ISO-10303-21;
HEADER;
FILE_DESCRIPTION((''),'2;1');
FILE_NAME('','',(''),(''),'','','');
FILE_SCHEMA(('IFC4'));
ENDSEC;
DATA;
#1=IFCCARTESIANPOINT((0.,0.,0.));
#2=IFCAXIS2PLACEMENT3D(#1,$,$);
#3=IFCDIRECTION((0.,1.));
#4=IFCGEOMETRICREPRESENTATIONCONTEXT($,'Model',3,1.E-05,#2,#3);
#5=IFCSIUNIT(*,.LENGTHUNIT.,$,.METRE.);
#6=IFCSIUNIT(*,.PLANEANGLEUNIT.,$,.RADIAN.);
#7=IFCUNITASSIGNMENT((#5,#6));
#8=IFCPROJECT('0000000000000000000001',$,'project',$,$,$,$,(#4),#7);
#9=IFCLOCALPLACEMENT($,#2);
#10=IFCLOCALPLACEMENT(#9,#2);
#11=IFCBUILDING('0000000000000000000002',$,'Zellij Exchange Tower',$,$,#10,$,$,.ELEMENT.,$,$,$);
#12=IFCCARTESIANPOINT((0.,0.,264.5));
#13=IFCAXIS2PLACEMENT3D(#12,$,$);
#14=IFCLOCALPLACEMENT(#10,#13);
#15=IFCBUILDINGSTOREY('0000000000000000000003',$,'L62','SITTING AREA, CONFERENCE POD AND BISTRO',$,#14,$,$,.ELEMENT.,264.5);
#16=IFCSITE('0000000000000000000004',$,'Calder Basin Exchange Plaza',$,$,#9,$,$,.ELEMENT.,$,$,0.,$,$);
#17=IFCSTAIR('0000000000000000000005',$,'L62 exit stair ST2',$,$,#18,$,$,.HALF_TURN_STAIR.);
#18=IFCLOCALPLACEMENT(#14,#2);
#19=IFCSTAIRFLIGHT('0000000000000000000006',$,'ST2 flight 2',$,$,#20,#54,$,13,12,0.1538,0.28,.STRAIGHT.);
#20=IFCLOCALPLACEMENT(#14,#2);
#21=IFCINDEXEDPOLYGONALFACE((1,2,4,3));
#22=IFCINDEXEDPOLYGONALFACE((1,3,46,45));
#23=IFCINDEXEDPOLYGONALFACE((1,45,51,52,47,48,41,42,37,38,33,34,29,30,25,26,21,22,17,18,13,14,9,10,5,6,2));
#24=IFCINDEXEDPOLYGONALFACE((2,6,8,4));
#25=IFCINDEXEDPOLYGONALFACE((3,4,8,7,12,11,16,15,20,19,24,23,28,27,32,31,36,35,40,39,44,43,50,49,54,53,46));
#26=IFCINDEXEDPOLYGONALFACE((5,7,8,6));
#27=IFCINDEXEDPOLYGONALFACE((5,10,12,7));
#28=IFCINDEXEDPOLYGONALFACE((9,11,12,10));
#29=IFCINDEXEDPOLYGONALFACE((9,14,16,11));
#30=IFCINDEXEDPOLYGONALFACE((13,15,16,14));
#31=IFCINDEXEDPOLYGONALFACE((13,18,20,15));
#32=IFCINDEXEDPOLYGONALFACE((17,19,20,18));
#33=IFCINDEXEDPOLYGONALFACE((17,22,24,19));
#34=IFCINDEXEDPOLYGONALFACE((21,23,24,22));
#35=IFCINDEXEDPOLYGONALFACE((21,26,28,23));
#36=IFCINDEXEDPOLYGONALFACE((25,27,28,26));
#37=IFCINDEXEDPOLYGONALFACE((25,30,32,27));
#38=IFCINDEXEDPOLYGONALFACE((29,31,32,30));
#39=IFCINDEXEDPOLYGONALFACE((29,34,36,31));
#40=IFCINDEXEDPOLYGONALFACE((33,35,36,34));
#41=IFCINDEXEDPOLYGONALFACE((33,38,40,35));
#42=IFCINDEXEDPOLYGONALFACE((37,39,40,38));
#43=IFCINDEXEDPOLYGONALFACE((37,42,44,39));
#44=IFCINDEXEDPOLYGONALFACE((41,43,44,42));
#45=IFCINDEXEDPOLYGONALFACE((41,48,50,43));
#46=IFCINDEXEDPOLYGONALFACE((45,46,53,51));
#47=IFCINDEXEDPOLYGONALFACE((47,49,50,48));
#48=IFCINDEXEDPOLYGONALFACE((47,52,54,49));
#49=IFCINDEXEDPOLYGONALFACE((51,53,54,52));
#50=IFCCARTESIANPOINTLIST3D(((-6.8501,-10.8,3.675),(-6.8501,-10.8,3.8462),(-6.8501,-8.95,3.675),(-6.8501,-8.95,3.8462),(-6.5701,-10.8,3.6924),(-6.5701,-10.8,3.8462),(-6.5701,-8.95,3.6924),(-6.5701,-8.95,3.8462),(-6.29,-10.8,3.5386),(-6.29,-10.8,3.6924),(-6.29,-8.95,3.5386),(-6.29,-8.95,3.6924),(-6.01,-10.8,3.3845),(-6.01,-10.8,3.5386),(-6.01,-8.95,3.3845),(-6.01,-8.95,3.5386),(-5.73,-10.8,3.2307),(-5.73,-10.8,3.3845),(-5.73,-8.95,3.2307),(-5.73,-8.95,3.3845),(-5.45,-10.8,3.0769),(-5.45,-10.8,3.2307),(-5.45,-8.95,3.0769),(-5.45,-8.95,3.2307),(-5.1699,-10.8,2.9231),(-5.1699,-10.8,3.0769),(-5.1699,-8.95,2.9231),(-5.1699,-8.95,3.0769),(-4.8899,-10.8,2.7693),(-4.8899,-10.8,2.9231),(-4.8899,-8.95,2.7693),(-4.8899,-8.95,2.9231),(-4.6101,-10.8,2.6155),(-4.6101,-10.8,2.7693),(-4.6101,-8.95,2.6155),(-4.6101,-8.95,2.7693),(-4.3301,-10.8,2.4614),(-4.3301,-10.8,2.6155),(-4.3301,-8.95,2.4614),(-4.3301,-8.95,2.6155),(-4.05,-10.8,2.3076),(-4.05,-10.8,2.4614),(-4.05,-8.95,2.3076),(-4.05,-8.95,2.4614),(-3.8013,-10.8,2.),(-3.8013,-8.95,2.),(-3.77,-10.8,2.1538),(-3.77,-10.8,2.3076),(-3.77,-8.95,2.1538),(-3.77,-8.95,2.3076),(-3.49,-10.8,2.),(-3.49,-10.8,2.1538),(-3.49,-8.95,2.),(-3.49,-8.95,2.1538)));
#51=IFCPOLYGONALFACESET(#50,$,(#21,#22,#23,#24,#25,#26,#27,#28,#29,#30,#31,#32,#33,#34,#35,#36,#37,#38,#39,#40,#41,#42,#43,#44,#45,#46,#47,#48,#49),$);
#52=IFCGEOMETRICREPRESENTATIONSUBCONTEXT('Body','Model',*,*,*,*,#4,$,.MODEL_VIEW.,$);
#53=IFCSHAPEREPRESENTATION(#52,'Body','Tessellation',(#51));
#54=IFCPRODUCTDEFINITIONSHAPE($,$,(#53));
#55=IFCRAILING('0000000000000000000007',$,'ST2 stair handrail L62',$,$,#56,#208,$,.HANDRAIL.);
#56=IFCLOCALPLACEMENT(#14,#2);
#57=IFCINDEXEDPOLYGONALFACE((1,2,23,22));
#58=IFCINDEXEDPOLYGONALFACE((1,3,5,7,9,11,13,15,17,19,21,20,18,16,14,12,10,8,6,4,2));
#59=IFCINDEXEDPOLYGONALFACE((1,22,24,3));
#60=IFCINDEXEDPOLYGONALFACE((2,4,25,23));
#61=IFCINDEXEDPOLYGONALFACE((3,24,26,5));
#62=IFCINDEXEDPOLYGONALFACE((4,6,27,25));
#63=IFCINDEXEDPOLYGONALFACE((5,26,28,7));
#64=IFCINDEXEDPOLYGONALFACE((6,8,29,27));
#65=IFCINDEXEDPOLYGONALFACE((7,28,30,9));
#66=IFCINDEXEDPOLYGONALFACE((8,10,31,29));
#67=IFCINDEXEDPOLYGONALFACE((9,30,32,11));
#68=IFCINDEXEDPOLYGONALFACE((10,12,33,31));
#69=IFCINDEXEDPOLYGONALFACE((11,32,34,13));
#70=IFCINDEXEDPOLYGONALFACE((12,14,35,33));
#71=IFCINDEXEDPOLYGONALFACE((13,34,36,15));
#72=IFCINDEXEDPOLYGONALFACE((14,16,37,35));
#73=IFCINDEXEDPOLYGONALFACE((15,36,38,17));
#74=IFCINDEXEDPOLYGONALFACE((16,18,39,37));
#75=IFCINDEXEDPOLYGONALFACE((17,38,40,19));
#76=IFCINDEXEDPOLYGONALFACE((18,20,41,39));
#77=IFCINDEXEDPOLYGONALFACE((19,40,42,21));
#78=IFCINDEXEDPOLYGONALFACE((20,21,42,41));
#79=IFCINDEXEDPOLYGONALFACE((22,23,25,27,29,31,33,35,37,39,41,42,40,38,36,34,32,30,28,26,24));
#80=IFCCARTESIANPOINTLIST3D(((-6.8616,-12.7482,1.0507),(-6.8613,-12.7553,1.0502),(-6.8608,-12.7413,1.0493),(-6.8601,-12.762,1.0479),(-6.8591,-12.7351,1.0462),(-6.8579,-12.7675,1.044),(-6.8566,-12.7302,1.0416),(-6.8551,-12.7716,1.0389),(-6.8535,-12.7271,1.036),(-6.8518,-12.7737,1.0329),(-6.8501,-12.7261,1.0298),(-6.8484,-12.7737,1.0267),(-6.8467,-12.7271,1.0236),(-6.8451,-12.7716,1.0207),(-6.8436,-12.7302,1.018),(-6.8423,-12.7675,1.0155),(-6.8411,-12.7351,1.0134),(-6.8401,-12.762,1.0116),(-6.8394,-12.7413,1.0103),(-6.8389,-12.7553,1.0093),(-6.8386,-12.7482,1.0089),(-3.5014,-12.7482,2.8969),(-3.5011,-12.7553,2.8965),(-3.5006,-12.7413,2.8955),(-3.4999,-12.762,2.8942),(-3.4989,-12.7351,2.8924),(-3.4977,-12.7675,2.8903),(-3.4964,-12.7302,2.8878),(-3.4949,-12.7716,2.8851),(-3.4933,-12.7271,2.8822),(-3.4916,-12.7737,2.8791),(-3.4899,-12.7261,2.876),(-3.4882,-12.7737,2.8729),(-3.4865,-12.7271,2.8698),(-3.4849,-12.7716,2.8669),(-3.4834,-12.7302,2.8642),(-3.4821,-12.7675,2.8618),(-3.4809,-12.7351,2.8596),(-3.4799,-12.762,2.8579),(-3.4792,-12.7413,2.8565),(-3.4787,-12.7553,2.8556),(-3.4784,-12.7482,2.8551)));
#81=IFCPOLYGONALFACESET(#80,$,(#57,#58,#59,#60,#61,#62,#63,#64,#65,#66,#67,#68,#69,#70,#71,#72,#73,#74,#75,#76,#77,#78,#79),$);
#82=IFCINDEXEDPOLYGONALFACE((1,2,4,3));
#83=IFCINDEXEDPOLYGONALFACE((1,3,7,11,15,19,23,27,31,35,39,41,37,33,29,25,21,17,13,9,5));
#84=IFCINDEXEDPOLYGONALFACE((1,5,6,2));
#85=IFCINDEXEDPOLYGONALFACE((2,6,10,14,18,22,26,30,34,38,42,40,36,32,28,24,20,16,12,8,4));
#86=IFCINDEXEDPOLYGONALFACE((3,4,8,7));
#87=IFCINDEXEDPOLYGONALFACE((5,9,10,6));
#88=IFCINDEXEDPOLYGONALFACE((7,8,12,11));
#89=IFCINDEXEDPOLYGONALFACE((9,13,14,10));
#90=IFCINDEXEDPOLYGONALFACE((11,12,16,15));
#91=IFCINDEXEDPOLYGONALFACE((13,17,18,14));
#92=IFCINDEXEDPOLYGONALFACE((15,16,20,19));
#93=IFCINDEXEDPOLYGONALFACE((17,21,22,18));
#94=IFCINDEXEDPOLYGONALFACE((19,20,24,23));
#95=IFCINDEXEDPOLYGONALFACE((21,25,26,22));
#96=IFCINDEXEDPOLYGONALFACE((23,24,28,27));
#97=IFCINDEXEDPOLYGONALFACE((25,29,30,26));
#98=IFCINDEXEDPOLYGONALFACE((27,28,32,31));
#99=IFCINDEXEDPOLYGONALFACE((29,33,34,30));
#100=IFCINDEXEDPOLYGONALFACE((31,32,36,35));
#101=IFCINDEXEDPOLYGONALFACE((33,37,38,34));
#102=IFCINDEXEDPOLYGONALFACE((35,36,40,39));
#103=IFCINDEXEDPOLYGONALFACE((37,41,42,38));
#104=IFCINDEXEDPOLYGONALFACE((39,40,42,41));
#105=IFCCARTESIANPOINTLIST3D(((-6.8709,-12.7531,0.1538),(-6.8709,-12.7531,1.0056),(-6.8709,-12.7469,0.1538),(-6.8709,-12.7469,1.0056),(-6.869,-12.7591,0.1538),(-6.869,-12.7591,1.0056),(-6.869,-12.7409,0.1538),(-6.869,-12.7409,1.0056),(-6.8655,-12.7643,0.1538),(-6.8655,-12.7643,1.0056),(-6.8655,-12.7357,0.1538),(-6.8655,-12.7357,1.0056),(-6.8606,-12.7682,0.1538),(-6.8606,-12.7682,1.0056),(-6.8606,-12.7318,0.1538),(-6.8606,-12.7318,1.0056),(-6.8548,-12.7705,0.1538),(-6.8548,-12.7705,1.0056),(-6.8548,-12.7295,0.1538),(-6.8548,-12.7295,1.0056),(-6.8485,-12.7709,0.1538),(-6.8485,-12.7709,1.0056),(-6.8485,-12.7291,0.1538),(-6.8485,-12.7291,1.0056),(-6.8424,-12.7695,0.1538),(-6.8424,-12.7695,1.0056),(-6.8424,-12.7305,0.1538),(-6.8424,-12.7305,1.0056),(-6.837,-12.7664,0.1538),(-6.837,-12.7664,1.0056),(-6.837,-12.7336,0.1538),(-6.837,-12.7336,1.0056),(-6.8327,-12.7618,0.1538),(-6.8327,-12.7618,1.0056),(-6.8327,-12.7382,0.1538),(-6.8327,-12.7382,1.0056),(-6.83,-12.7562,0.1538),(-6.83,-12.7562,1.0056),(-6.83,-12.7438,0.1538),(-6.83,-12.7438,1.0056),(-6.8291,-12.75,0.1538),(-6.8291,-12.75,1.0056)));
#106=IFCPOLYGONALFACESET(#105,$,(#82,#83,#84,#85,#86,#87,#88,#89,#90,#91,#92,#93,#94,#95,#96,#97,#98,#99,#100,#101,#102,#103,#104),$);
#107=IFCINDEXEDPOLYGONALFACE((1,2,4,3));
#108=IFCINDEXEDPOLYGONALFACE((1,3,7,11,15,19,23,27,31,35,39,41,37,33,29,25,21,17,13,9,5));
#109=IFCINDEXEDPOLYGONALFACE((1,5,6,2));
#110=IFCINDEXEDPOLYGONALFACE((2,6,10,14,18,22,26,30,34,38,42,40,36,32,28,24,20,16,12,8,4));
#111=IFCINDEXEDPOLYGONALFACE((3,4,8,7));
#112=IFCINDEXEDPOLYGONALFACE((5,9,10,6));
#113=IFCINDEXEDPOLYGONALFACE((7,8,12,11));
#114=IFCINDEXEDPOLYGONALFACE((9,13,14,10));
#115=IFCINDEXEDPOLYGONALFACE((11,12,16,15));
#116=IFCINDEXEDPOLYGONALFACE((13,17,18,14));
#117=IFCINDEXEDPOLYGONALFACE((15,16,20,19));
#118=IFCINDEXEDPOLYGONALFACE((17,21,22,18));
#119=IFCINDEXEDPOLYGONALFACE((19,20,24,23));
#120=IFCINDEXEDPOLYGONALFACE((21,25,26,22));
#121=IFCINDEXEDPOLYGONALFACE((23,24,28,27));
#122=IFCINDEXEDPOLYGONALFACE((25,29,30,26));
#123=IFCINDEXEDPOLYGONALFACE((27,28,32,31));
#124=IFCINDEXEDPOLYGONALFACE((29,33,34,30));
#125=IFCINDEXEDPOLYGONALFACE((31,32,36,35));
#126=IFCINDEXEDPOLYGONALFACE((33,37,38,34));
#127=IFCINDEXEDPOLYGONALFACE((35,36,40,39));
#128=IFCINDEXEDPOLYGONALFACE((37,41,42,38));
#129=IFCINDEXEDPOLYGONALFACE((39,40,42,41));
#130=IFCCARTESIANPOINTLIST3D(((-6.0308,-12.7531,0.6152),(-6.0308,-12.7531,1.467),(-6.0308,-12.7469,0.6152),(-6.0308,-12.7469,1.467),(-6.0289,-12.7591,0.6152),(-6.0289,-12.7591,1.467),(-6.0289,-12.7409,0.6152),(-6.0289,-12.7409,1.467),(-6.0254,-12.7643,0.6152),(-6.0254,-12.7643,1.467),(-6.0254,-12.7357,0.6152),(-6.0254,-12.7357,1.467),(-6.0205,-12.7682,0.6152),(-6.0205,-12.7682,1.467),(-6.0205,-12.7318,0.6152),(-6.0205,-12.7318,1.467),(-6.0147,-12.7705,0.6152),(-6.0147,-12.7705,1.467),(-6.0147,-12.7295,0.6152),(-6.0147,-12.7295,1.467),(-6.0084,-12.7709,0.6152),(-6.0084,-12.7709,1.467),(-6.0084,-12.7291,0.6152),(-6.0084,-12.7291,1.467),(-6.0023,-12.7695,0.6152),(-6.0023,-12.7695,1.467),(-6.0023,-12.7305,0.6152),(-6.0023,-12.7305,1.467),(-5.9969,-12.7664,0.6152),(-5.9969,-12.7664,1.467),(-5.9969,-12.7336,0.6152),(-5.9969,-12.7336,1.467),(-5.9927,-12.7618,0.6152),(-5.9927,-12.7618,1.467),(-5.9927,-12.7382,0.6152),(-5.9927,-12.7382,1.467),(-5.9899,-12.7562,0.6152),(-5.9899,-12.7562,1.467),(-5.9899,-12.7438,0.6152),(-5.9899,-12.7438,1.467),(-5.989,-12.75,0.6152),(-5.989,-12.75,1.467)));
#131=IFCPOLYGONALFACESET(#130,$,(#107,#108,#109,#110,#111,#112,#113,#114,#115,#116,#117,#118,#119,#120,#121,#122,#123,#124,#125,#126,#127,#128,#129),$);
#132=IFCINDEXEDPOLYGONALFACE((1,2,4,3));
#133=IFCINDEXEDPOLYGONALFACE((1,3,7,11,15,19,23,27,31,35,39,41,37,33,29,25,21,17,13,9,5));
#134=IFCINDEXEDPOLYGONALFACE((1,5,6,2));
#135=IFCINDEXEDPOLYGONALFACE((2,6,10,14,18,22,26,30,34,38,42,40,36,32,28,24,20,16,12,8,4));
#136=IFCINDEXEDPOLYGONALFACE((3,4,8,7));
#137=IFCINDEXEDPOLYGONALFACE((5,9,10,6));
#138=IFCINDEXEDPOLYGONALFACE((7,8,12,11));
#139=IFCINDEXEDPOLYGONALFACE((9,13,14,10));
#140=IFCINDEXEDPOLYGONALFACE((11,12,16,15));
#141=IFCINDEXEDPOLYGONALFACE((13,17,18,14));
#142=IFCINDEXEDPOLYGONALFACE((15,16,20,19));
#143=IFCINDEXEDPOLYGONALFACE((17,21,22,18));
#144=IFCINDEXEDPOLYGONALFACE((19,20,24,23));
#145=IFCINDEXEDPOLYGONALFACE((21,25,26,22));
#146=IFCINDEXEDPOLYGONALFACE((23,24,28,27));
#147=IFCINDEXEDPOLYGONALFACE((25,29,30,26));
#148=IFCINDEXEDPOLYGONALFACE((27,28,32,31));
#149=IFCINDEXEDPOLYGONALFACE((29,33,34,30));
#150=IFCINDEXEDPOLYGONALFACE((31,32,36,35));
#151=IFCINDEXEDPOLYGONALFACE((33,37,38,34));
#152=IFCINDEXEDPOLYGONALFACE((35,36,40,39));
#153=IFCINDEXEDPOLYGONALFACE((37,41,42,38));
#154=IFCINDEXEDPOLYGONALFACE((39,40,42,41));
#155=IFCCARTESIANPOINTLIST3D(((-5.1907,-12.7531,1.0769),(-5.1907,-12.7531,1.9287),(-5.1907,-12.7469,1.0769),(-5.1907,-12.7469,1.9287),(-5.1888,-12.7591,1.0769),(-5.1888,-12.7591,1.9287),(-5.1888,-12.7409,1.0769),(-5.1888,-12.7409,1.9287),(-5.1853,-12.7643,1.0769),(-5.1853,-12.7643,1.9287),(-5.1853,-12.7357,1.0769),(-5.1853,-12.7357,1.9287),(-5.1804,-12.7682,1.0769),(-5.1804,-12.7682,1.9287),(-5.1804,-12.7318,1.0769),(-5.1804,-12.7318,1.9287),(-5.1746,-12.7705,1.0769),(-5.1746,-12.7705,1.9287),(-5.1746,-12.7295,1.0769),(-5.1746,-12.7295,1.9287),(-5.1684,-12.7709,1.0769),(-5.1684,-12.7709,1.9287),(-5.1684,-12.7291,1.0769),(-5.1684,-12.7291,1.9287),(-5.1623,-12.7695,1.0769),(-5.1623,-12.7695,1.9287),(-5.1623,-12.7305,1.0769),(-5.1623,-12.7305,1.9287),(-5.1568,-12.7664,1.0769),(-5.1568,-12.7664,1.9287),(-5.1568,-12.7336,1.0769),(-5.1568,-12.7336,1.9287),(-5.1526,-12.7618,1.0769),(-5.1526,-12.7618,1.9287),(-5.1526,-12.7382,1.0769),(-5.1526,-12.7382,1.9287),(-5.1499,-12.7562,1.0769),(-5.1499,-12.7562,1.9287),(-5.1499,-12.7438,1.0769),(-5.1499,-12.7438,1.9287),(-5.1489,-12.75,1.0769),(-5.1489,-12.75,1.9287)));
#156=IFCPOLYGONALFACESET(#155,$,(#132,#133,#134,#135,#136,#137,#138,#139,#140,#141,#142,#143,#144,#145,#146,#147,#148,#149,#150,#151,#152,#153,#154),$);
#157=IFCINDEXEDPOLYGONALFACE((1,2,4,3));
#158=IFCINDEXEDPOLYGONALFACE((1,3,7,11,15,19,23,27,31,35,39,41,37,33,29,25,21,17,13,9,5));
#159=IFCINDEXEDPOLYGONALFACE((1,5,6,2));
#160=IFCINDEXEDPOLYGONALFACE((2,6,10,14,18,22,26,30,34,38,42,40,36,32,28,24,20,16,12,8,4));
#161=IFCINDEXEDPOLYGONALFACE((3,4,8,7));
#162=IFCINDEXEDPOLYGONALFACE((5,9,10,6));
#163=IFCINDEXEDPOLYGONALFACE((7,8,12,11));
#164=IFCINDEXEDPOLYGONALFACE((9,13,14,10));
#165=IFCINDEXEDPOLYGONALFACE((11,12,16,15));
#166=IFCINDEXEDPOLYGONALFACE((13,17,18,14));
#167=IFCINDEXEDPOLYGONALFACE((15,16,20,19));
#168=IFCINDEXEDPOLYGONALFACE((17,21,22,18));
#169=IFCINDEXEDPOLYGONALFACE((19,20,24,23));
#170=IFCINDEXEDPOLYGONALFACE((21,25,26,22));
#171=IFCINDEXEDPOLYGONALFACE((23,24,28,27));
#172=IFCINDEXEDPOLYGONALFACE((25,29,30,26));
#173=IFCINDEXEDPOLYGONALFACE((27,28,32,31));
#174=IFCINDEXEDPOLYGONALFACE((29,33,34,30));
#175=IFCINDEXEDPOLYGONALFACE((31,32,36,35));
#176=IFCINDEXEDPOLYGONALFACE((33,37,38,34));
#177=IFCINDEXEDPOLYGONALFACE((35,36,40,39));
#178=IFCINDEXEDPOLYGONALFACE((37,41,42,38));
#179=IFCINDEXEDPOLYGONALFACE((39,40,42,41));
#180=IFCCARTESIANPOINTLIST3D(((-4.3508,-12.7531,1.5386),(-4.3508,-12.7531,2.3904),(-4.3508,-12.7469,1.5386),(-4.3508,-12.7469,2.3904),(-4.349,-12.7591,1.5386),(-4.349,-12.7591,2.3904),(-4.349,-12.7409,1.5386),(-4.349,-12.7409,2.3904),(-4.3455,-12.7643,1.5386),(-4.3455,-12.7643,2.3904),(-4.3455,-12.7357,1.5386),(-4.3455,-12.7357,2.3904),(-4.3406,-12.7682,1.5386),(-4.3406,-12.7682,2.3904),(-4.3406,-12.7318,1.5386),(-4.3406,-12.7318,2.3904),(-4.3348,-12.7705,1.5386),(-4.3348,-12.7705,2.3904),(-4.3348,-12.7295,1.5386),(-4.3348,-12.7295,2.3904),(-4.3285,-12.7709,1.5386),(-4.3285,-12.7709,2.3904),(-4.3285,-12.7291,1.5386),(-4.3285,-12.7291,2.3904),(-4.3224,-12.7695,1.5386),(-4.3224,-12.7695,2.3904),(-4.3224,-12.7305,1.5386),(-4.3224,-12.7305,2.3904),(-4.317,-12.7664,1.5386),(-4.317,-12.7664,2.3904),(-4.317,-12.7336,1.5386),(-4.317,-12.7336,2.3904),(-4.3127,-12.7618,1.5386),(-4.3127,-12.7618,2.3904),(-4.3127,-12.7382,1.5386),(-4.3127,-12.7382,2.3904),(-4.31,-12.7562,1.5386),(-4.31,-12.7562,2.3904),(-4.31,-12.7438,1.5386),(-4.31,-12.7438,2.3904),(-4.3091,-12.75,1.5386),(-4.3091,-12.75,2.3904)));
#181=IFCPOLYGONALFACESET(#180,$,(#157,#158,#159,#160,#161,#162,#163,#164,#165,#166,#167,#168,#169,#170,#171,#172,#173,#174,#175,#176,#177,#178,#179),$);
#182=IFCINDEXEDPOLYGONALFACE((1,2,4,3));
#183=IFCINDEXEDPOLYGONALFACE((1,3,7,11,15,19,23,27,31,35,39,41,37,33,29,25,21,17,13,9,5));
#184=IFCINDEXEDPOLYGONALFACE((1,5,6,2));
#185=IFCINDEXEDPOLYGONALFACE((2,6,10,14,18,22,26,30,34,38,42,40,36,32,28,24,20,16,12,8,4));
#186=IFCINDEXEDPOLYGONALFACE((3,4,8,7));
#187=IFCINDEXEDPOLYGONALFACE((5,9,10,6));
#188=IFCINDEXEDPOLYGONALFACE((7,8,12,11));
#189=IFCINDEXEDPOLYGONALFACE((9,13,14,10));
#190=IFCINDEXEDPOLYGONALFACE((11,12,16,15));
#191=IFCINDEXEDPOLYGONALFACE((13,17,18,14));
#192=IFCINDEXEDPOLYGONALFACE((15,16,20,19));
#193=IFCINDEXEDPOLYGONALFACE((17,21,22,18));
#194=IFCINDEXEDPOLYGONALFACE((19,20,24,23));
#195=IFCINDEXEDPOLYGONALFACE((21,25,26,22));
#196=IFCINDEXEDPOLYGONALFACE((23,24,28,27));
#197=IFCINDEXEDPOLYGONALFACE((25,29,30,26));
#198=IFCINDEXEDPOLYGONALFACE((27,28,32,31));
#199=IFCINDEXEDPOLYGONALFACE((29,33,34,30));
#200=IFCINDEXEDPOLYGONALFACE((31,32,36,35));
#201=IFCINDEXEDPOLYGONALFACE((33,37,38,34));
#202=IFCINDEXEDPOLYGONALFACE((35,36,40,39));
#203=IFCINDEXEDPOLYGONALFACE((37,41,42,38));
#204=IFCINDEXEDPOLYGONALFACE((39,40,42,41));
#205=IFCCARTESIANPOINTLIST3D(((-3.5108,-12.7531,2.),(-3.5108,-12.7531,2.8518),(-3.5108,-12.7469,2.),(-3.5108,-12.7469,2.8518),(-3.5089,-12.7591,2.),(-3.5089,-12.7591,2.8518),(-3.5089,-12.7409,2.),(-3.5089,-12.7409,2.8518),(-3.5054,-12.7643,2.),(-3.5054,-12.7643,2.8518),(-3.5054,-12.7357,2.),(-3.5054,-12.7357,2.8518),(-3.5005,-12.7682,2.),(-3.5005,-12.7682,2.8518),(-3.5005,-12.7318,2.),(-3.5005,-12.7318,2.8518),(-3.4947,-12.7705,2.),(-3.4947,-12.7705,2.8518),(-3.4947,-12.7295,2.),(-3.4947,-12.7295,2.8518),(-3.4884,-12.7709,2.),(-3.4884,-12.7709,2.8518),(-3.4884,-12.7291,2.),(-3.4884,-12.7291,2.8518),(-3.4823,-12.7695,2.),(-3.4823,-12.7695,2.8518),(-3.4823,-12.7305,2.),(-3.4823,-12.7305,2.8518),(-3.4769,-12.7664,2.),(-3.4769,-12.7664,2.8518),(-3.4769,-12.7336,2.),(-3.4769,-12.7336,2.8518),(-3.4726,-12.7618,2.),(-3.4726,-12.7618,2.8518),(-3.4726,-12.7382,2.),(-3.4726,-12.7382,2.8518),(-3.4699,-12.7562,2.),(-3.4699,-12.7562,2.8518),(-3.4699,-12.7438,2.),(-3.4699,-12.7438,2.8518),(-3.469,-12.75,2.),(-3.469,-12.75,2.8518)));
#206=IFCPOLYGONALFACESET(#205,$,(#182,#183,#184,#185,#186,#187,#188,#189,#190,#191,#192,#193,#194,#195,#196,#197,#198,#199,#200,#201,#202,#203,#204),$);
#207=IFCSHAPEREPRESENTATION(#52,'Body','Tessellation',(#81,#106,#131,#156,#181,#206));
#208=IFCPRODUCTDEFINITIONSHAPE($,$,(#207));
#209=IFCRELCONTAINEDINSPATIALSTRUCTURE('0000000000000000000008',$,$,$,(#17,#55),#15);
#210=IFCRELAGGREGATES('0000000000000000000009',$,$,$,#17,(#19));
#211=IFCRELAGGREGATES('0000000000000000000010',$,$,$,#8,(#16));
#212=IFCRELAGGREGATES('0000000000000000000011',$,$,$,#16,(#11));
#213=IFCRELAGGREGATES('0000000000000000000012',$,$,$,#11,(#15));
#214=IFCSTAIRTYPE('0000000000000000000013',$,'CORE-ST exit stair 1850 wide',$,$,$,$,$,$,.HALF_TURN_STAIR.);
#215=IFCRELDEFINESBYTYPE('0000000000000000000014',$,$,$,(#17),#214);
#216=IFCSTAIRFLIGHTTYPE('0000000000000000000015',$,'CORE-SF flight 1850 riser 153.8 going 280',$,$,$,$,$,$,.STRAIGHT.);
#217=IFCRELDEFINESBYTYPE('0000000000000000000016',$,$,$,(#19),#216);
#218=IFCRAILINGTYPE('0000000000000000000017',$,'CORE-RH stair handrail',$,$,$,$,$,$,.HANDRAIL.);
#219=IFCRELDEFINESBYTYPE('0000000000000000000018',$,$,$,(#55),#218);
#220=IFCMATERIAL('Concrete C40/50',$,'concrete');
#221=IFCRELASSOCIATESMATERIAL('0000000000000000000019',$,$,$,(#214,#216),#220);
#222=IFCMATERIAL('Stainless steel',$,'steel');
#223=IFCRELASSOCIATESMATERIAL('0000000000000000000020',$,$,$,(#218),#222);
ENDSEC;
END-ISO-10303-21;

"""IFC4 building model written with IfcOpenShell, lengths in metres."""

from ifc_helpers import new_model, si_unit, direction, frame, origin, origin_2d, place, context, subcontext, project, spatial, polyline, circle, outline, extrude, material, type_object, element, aggregate, save


model = new_model("IFC4")

# Units and contexts
model_context = context("Model", 3, precision=1e-05, world=origin(), true_north=direction((0.0, 1.0)))
body_context = subcontext(model_context, "Body", "Model", "MODEL_VIEW")
ifc_project = project(units=[si_unit("LENGTHUNIT", "METRE"), si_unit("PLANEANGLEUNIT", "RADIAN")], contexts=[model_context])

# Site, building, storey
site_placement = place(None, origin())
site = spatial("IfcSite", under=ifc_project, at=site_placement, Name="Calder Basin Exchange Plaza", CompositionType="ELEMENT", RefElevation=0.0)
building_placement = place(site_placement, origin())
building = spatial("IfcBuilding", under=site, at=building_placement, Name="Zellij Exchange Tower", CompositionType="ELEMENT")
storey_placement = place(building_placement, frame((0.0, 0.0, 264.5)))
storey = spatial("IfcBuildingStorey", under=building, at=storey_placement, Name="L62", Description="SITTING AREA, CONFERENCE POD AND BISTRO", CompositionType="ELEMENT", Elevation=264.5)

# Stair, stair flight
ifc_material_1 = material(Name="Concrete C40/50", Category="concrete")
stair_type = type_object("IfcStairType", Name="CORE-ST exit stair 1850 wide", PredefinedType="HALF_TURN_STAIR", material=ifc_material_1)
stair_placement = place(storey_placement, origin())
stair = element("IfcStair", 1, at=stair_placement, inside=storey, type_object=stair_type, Name="L62 exit stair ST2", PredefinedType="HALF_TURN_STAIR")
stair_flight_type = type_object("IfcStairFlightType", Name="CORE-SF flight 1850 riser 153.8 going 280", PredefinedType="STRAIGHT", material=ifc_material_1)
stair_flight_1_placement = place(storey_placement, frame((-3.49, -9.875, 2.0), z_axis=(0.0, 0.0, 1.0), x_axis=(-1.0, 0.0, 0.0)))
stair_flight_1 = element("IfcStairFlight", 2, at=stair_flight_1_placement, type_object=stair_flight_type, Name="ST2 flight 2", NumberOfRisers=13, NumberOfTreads=12, PredefinedType="STRAIGHT", RiserHeight=0.1538, TreadLength=0.28, context=body_context, shape_type="SweptSolid", body=[
    extrude(outline(polyline([(0.0, 0.0), (0.0, 0.1538), (0.28, 0.1538), (0.28, 0.3076), (0.5601, 0.3076), (0.5601, 0.4614), (0.8401, 0.4614), (0.8401, 0.6155), (1.1201, 0.6155), (1.1201, 0.7693), (1.3999, 0.7693), (1.3999, 0.9231), (1.6799, 0.9231), (1.6799, 1.0769), (1.96, 1.0769), (1.96, 1.2307), (2.24, 1.2307), (2.24, 1.3845), (2.52, 1.3845), (2.52, 1.5386), (2.8, 1.5386), (2.8, 1.6924), (3.0801, 1.6924), (3.0801, 1.8462), (3.3601, 1.8462), (3.3601, 2.0), (3.3601, 1.675), (0.3113, 0.0), (0.0, 0.0)])), frame((0.0, 0.925, 0.0), z_axis=(0.0, -1.0, 0.0), x_axis=(1.0, 0.0, 0.0)), (0.0, 0.0, 1.0), 1.8501),
])
aggregate(stair, [stair_flight_1])

# Railing
ifc_material_2 = material(Name="Stainless steel", Category="steel")
railing_type_1 = type_object("IfcRailingType", Name="CORE-RH stair handrail", PredefinedType="HANDRAIL", material=ifc_material_2)
railing_1_placement = place(storey_placement, frame((-6.8501, -12.75, 0.1538)))
element("IfcRailing", 3, at=railing_1_placement, inside=storey, type_object=railing_type_1, Name="ST2 stair handrail L62", PredefinedType="HANDRAIL", context=body_context, shape_type="SweptSolid", body=[
    extrude(circle(Radius=0.0239, at=origin_2d()), frame((0.0, 0.0, 0.876), z_axis=(0.876422, 0.0, 0.481545), x_axis=(0.0, 1.0, 0.0)), (0.0, 0.0, 1.0), 3.834),
    extrude(circle(Radius=0.021, at=origin_2d()), origin(), (0.0, 0.0, 1.0), 0.8518),
    extrude(circle(Radius=0.021, at=origin_2d()), frame((0.8401, 0.0, 0.4614)), (0.0, 0.0, 1.0), 0.8518),
    extrude(circle(Radius=0.021, at=origin_2d()), frame((1.6802, 0.0, 0.9231)), (0.0, 0.0, 1.0), 0.8518),
    extrude(circle(Radius=0.021, at=origin_2d()), frame((2.52, 0.0, 1.3848)), (0.0, 0.0, 1.0), 0.8518),
    extrude(circle(Radius=0.021, at=origin_2d()), frame((3.3601, 0.0, 1.8462)), (0.0, 0.0, 1.0), 0.8518),
])

save(model, "model.ifc")
